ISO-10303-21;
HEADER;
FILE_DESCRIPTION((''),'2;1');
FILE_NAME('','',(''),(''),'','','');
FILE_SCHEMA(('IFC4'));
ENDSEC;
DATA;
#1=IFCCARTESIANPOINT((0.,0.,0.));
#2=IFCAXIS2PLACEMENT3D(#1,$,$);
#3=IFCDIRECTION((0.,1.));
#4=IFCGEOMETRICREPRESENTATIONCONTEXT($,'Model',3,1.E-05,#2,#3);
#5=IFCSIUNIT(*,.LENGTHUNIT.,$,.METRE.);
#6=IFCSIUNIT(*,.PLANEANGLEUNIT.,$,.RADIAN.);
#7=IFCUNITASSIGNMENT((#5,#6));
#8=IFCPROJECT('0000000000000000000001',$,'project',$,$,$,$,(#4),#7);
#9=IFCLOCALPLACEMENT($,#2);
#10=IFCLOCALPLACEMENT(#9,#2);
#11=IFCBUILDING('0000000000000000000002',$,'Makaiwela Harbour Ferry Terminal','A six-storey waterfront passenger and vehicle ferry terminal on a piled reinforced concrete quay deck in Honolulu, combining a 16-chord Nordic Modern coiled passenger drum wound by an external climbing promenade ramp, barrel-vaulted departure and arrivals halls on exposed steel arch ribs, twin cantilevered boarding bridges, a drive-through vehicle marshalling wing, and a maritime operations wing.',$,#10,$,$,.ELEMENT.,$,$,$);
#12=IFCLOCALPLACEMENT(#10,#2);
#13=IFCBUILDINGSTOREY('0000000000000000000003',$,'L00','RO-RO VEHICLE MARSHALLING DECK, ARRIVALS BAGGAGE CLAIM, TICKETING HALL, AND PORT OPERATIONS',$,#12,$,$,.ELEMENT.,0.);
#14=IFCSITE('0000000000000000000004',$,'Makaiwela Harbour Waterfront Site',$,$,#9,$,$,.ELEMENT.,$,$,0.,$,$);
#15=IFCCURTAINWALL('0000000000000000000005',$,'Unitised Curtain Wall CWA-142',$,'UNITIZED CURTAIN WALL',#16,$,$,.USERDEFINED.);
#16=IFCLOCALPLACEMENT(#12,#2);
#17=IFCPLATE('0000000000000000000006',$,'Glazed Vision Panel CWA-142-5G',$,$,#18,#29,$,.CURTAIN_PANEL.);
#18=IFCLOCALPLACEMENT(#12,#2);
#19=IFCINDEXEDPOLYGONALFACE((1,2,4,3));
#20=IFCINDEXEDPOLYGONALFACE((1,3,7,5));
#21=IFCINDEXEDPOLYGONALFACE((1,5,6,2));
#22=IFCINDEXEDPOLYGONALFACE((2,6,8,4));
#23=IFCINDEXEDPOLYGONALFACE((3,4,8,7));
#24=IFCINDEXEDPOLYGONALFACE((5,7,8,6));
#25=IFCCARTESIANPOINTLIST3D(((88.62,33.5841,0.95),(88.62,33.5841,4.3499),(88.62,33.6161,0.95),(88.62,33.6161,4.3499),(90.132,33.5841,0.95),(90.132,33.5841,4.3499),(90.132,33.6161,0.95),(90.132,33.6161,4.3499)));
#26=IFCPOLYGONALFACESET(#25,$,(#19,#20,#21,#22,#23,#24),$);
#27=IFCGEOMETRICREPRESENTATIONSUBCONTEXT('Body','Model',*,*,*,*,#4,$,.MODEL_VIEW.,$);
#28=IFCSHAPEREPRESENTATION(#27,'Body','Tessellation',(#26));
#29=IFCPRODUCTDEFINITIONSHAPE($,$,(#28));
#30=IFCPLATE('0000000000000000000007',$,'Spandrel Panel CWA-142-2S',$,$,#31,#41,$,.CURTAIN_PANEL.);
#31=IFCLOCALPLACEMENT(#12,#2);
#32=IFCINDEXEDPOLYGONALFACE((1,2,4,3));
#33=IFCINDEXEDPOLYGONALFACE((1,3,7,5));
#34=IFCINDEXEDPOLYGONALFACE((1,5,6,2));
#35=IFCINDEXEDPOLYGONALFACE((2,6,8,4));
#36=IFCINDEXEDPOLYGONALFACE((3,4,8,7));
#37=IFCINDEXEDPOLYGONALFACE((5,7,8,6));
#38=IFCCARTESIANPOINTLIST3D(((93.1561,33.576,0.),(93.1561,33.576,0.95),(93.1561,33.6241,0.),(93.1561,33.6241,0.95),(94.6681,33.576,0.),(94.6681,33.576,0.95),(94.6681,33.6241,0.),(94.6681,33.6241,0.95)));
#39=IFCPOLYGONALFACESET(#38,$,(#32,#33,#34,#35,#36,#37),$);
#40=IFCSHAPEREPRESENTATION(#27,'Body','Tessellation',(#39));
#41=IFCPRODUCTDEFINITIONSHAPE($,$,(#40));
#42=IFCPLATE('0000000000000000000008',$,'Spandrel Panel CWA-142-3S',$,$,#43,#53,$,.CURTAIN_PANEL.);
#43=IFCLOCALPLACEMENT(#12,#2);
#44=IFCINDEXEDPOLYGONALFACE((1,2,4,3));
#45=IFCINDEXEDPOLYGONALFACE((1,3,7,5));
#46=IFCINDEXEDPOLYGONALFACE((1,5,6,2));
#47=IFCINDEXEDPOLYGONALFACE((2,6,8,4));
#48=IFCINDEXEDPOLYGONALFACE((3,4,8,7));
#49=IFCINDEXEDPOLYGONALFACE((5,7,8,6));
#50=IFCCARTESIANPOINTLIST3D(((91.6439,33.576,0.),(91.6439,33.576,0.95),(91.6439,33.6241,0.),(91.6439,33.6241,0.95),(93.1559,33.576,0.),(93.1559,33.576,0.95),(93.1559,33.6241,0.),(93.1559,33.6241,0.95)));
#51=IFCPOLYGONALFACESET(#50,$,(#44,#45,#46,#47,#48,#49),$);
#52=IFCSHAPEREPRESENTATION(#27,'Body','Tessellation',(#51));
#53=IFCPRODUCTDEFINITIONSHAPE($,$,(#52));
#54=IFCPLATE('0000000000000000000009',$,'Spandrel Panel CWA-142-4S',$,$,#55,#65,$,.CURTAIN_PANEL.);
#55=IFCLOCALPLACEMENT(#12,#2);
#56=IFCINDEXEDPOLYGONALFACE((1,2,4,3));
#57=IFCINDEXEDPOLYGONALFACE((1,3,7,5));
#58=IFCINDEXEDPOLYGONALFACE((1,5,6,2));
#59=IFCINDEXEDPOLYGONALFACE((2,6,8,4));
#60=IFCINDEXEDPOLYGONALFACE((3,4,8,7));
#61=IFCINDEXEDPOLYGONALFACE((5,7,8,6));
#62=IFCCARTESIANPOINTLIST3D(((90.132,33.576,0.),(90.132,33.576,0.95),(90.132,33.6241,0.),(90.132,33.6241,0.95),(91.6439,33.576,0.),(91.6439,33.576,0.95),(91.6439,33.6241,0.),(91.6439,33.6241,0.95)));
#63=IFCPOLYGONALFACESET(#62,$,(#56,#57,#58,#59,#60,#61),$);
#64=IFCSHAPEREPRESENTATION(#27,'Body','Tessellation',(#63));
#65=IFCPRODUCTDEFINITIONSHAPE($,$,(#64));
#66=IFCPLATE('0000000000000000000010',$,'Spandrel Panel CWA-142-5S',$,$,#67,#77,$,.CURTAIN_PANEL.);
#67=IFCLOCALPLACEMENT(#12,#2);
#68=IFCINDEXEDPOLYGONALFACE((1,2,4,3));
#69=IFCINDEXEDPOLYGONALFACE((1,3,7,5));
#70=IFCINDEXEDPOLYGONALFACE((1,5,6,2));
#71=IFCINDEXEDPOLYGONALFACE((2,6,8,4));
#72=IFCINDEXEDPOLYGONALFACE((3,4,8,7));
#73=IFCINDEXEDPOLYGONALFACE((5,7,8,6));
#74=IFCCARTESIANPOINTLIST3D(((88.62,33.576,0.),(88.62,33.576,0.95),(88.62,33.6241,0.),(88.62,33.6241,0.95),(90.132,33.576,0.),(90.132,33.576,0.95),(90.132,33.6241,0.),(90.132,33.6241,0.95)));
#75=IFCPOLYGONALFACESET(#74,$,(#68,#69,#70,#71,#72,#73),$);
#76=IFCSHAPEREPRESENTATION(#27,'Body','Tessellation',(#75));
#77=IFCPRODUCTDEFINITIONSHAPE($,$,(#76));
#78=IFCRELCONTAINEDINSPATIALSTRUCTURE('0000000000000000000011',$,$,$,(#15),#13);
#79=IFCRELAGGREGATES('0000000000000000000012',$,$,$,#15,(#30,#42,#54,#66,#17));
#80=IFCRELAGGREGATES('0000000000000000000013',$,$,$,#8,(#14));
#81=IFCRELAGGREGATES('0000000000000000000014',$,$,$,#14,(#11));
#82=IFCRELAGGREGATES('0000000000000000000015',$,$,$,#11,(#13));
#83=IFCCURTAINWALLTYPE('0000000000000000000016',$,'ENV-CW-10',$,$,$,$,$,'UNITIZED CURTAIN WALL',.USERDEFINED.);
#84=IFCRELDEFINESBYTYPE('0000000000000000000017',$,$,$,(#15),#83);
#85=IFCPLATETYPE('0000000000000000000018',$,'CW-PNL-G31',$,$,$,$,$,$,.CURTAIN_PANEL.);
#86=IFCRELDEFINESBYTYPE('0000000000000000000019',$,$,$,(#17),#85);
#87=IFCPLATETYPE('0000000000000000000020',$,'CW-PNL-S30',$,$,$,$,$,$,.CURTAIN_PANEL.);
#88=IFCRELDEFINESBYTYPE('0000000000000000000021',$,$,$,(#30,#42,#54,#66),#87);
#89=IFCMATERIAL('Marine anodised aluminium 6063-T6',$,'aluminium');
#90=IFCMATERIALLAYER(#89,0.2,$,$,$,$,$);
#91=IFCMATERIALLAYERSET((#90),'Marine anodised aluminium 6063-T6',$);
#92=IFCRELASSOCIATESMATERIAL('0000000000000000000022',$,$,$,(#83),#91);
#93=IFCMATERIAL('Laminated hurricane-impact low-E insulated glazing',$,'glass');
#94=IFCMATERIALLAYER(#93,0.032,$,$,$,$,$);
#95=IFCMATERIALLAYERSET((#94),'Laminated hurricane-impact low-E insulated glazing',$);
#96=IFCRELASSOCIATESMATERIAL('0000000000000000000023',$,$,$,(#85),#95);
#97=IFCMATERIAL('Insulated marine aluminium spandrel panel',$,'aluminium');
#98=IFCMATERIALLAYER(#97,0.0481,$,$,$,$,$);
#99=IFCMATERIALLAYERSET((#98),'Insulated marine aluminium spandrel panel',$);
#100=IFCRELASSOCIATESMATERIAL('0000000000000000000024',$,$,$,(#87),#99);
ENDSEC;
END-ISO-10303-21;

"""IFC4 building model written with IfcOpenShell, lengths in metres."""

from ifc_helpers import new_model, si_unit, direction, frame, origin, origin_2d, place, context, subcontext, project, spatial, rectangle, extrude, material, layer, layer_set, type_object, element, aggregate, save


model = new_model("IFC4")

# Units and contexts
model_context = context("Model", 3, precision=1e-05, world=origin(), true_north=direction((0.0, 1.0)))
body_context = subcontext(model_context, "Body", "Model", "MODEL_VIEW")
ifc_project = project(units=[si_unit("LENGTHUNIT", "METRE"), si_unit("PLANEANGLEUNIT", "RADIAN")], contexts=[model_context])

# Site, building, storey
site_placement = place(None, origin())
site = spatial("IfcSite", under=ifc_project, at=site_placement, Name="Makaiwela Harbour Waterfront Site", CompositionType="ELEMENT", RefElevation=0.0)
building_placement = place(site_placement, origin())
building = spatial("IfcBuilding", under=site, at=building_placement, Name="Makaiwela Harbour Ferry Terminal", Description="A six-storey waterfront passenger and vehicle ferry terminal on a piled reinforced concrete quay deck in Honolulu, combining a 16-chord Nordic Modern coiled passenger drum wound by an external climbing promenade ramp, barrel-vaulted departure and arrivals halls on exposed steel arch ribs, twin cantilevered boarding bridges, a drive-through vehicle marshalling wing, and a maritime operations wing.", CompositionType="ELEMENT")
storey_placement = place(building_placement, origin())
storey = spatial("IfcBuildingStorey", under=building, at=storey_placement, Name="L00", Description="RO-RO VEHICLE MARSHALLING DECK, ARRIVALS BAGGAGE CLAIM, TICKETING HALL, AND PORT OPERATIONS", CompositionType="ELEMENT", Elevation=0.0)

# Curtain wall, plates
ifc_material_1 = material(Name="Marine anodised aluminium 6063-T6", Category="aluminium")
ifc_layer_1 = layer(ifc_material_1, 0.2)
ifc_layer_set_1 = layer_set([ifc_layer_1], Name="Marine anodised aluminium 6063-T6")
curtain_wall_type = type_object("IfcCurtainWallType", Name="ENV-CW-10", ElementType="UNITIZED CURTAIN WALL", PredefinedType="USERDEFINED", material=ifc_layer_set_1)
curtain_wall_placement = place(storey_placement, origin())
curtain_wall = element("IfcCurtainWall", 1, at=curtain_wall_placement, inside=storey, type_object=curtain_wall_type, Name="Unitised Curtain Wall CWA-142", ObjectType="UNITIZED CURTAIN WALL", PredefinedType="USERDEFINED")
ifc_material_2 = material(Name="Laminated hurricane-impact low-E insulated glazing", Category="glass")
ifc_layer_2 = layer(ifc_material_2, 0.032)
ifc_layer_set_2 = layer_set([ifc_layer_2], Name="Laminated hurricane-impact low-E insulated glazing")
plate_type_1 = type_object("IfcPlateType", Name="CW-PNL-G31", PredefinedType="CURTAIN_PANEL", material=ifc_layer_set_2)
plate_1_placement = place(storey_placement, frame((89.376, 33.6001, 0.95), z_axis=(0.0, 0.0, 1.0), x_axis=(-1.0, 0.0, 0.0)))
plate_1 = element("IfcPlate", 2, at=plate_1_placement, type_object=plate_type_1, Name="Glazed Vision Panel CWA-142-5G", PredefinedType="CURTAIN_PANEL", context=body_context, shape_type="SweptSolid", body=[
    extrude(rectangle(XDim=1.512, YDim=0.032, at=origin_2d()), origin(), (0.0, 0.0, 1.0), 3.3999),
])
ifc_material_3 = material(Name="Insulated marine aluminium spandrel panel", Category="aluminium")
ifc_layer_3 = layer(ifc_material_3, 0.0481)
ifc_layer_set_3 = layer_set([ifc_layer_3], Name="Insulated marine aluminium spandrel panel")
plate_type_2 = type_object("IfcPlateType", Name="CW-PNL-S30", PredefinedType="CURTAIN_PANEL", material=ifc_layer_set_3)
plate_2_placement = place(storey_placement, frame((93.9121, 33.6001, 0.0), z_axis=(0.0, 0.0, 1.0), x_axis=(-1.0, 0.0, 0.0)))
plate_2 = element("IfcPlate", 3, at=plate_2_placement, type_object=plate_type_2, Name="Spandrel Panel CWA-142-2S", PredefinedType="CURTAIN_PANEL", context=body_context, shape_type="SweptSolid", body=[
    extrude(rectangle(XDim=1.512, YDim=0.0481, at=origin_2d()), origin(), (0.0, 0.0, 1.0), 0.95),
])
plate_3_placement = place(storey_placement, frame((92.3999, 33.6001, 0.0), z_axis=(0.0, 0.0, 1.0), x_axis=(-1.0, 0.0, 0.0)))
plate_3 = element("IfcPlate", 4, at=plate_3_placement, type_object=plate_type_2, Name="Spandrel Panel CWA-142-3S", PredefinedType="CURTAIN_PANEL", context=body_context, shape_type="SweptSolid", body=[
    extrude(rectangle(XDim=1.512, YDim=0.0481, at=origin_2d()), origin(), (0.0, 0.0, 1.0), 0.95),
])
plate_4_placement = place(storey_placement, frame((90.8879, 33.6001, 0.0), z_axis=(0.0, 0.0, 1.0), x_axis=(-1.0, 0.0, 0.0)))
plate_4 = element("IfcPlate", 5, at=plate_4_placement, type_object=plate_type_2, Name="Spandrel Panel CWA-142-4S", PredefinedType="CURTAIN_PANEL", context=body_context, shape_type="SweptSolid", body=[
    extrude(rectangle(XDim=1.512, YDim=0.0481, at=origin_2d()), origin(), (0.0, 0.0, 1.0), 0.95),
])
plate_5_placement = place(storey_placement, frame((89.376, 33.6001, 0.0), z_axis=(0.0, 0.0, 1.0), x_axis=(-1.0, 0.0, 0.0)))
plate_5 = element("IfcPlate", 6, at=plate_5_placement, type_object=plate_type_2, Name="Spandrel Panel CWA-142-5S", PredefinedType="CURTAIN_PANEL", context=body_context, shape_type="SweptSolid", body=[
    extrude(rectangle(XDim=1.512, YDim=0.0481, at=origin_2d()), origin(), (0.0, 0.0, 1.0), 0.95),
])
aggregate(curtain_wall, [plate_2, plate_3, plate_4, plate_5, plate_1])

save(model, "model.ifc")
